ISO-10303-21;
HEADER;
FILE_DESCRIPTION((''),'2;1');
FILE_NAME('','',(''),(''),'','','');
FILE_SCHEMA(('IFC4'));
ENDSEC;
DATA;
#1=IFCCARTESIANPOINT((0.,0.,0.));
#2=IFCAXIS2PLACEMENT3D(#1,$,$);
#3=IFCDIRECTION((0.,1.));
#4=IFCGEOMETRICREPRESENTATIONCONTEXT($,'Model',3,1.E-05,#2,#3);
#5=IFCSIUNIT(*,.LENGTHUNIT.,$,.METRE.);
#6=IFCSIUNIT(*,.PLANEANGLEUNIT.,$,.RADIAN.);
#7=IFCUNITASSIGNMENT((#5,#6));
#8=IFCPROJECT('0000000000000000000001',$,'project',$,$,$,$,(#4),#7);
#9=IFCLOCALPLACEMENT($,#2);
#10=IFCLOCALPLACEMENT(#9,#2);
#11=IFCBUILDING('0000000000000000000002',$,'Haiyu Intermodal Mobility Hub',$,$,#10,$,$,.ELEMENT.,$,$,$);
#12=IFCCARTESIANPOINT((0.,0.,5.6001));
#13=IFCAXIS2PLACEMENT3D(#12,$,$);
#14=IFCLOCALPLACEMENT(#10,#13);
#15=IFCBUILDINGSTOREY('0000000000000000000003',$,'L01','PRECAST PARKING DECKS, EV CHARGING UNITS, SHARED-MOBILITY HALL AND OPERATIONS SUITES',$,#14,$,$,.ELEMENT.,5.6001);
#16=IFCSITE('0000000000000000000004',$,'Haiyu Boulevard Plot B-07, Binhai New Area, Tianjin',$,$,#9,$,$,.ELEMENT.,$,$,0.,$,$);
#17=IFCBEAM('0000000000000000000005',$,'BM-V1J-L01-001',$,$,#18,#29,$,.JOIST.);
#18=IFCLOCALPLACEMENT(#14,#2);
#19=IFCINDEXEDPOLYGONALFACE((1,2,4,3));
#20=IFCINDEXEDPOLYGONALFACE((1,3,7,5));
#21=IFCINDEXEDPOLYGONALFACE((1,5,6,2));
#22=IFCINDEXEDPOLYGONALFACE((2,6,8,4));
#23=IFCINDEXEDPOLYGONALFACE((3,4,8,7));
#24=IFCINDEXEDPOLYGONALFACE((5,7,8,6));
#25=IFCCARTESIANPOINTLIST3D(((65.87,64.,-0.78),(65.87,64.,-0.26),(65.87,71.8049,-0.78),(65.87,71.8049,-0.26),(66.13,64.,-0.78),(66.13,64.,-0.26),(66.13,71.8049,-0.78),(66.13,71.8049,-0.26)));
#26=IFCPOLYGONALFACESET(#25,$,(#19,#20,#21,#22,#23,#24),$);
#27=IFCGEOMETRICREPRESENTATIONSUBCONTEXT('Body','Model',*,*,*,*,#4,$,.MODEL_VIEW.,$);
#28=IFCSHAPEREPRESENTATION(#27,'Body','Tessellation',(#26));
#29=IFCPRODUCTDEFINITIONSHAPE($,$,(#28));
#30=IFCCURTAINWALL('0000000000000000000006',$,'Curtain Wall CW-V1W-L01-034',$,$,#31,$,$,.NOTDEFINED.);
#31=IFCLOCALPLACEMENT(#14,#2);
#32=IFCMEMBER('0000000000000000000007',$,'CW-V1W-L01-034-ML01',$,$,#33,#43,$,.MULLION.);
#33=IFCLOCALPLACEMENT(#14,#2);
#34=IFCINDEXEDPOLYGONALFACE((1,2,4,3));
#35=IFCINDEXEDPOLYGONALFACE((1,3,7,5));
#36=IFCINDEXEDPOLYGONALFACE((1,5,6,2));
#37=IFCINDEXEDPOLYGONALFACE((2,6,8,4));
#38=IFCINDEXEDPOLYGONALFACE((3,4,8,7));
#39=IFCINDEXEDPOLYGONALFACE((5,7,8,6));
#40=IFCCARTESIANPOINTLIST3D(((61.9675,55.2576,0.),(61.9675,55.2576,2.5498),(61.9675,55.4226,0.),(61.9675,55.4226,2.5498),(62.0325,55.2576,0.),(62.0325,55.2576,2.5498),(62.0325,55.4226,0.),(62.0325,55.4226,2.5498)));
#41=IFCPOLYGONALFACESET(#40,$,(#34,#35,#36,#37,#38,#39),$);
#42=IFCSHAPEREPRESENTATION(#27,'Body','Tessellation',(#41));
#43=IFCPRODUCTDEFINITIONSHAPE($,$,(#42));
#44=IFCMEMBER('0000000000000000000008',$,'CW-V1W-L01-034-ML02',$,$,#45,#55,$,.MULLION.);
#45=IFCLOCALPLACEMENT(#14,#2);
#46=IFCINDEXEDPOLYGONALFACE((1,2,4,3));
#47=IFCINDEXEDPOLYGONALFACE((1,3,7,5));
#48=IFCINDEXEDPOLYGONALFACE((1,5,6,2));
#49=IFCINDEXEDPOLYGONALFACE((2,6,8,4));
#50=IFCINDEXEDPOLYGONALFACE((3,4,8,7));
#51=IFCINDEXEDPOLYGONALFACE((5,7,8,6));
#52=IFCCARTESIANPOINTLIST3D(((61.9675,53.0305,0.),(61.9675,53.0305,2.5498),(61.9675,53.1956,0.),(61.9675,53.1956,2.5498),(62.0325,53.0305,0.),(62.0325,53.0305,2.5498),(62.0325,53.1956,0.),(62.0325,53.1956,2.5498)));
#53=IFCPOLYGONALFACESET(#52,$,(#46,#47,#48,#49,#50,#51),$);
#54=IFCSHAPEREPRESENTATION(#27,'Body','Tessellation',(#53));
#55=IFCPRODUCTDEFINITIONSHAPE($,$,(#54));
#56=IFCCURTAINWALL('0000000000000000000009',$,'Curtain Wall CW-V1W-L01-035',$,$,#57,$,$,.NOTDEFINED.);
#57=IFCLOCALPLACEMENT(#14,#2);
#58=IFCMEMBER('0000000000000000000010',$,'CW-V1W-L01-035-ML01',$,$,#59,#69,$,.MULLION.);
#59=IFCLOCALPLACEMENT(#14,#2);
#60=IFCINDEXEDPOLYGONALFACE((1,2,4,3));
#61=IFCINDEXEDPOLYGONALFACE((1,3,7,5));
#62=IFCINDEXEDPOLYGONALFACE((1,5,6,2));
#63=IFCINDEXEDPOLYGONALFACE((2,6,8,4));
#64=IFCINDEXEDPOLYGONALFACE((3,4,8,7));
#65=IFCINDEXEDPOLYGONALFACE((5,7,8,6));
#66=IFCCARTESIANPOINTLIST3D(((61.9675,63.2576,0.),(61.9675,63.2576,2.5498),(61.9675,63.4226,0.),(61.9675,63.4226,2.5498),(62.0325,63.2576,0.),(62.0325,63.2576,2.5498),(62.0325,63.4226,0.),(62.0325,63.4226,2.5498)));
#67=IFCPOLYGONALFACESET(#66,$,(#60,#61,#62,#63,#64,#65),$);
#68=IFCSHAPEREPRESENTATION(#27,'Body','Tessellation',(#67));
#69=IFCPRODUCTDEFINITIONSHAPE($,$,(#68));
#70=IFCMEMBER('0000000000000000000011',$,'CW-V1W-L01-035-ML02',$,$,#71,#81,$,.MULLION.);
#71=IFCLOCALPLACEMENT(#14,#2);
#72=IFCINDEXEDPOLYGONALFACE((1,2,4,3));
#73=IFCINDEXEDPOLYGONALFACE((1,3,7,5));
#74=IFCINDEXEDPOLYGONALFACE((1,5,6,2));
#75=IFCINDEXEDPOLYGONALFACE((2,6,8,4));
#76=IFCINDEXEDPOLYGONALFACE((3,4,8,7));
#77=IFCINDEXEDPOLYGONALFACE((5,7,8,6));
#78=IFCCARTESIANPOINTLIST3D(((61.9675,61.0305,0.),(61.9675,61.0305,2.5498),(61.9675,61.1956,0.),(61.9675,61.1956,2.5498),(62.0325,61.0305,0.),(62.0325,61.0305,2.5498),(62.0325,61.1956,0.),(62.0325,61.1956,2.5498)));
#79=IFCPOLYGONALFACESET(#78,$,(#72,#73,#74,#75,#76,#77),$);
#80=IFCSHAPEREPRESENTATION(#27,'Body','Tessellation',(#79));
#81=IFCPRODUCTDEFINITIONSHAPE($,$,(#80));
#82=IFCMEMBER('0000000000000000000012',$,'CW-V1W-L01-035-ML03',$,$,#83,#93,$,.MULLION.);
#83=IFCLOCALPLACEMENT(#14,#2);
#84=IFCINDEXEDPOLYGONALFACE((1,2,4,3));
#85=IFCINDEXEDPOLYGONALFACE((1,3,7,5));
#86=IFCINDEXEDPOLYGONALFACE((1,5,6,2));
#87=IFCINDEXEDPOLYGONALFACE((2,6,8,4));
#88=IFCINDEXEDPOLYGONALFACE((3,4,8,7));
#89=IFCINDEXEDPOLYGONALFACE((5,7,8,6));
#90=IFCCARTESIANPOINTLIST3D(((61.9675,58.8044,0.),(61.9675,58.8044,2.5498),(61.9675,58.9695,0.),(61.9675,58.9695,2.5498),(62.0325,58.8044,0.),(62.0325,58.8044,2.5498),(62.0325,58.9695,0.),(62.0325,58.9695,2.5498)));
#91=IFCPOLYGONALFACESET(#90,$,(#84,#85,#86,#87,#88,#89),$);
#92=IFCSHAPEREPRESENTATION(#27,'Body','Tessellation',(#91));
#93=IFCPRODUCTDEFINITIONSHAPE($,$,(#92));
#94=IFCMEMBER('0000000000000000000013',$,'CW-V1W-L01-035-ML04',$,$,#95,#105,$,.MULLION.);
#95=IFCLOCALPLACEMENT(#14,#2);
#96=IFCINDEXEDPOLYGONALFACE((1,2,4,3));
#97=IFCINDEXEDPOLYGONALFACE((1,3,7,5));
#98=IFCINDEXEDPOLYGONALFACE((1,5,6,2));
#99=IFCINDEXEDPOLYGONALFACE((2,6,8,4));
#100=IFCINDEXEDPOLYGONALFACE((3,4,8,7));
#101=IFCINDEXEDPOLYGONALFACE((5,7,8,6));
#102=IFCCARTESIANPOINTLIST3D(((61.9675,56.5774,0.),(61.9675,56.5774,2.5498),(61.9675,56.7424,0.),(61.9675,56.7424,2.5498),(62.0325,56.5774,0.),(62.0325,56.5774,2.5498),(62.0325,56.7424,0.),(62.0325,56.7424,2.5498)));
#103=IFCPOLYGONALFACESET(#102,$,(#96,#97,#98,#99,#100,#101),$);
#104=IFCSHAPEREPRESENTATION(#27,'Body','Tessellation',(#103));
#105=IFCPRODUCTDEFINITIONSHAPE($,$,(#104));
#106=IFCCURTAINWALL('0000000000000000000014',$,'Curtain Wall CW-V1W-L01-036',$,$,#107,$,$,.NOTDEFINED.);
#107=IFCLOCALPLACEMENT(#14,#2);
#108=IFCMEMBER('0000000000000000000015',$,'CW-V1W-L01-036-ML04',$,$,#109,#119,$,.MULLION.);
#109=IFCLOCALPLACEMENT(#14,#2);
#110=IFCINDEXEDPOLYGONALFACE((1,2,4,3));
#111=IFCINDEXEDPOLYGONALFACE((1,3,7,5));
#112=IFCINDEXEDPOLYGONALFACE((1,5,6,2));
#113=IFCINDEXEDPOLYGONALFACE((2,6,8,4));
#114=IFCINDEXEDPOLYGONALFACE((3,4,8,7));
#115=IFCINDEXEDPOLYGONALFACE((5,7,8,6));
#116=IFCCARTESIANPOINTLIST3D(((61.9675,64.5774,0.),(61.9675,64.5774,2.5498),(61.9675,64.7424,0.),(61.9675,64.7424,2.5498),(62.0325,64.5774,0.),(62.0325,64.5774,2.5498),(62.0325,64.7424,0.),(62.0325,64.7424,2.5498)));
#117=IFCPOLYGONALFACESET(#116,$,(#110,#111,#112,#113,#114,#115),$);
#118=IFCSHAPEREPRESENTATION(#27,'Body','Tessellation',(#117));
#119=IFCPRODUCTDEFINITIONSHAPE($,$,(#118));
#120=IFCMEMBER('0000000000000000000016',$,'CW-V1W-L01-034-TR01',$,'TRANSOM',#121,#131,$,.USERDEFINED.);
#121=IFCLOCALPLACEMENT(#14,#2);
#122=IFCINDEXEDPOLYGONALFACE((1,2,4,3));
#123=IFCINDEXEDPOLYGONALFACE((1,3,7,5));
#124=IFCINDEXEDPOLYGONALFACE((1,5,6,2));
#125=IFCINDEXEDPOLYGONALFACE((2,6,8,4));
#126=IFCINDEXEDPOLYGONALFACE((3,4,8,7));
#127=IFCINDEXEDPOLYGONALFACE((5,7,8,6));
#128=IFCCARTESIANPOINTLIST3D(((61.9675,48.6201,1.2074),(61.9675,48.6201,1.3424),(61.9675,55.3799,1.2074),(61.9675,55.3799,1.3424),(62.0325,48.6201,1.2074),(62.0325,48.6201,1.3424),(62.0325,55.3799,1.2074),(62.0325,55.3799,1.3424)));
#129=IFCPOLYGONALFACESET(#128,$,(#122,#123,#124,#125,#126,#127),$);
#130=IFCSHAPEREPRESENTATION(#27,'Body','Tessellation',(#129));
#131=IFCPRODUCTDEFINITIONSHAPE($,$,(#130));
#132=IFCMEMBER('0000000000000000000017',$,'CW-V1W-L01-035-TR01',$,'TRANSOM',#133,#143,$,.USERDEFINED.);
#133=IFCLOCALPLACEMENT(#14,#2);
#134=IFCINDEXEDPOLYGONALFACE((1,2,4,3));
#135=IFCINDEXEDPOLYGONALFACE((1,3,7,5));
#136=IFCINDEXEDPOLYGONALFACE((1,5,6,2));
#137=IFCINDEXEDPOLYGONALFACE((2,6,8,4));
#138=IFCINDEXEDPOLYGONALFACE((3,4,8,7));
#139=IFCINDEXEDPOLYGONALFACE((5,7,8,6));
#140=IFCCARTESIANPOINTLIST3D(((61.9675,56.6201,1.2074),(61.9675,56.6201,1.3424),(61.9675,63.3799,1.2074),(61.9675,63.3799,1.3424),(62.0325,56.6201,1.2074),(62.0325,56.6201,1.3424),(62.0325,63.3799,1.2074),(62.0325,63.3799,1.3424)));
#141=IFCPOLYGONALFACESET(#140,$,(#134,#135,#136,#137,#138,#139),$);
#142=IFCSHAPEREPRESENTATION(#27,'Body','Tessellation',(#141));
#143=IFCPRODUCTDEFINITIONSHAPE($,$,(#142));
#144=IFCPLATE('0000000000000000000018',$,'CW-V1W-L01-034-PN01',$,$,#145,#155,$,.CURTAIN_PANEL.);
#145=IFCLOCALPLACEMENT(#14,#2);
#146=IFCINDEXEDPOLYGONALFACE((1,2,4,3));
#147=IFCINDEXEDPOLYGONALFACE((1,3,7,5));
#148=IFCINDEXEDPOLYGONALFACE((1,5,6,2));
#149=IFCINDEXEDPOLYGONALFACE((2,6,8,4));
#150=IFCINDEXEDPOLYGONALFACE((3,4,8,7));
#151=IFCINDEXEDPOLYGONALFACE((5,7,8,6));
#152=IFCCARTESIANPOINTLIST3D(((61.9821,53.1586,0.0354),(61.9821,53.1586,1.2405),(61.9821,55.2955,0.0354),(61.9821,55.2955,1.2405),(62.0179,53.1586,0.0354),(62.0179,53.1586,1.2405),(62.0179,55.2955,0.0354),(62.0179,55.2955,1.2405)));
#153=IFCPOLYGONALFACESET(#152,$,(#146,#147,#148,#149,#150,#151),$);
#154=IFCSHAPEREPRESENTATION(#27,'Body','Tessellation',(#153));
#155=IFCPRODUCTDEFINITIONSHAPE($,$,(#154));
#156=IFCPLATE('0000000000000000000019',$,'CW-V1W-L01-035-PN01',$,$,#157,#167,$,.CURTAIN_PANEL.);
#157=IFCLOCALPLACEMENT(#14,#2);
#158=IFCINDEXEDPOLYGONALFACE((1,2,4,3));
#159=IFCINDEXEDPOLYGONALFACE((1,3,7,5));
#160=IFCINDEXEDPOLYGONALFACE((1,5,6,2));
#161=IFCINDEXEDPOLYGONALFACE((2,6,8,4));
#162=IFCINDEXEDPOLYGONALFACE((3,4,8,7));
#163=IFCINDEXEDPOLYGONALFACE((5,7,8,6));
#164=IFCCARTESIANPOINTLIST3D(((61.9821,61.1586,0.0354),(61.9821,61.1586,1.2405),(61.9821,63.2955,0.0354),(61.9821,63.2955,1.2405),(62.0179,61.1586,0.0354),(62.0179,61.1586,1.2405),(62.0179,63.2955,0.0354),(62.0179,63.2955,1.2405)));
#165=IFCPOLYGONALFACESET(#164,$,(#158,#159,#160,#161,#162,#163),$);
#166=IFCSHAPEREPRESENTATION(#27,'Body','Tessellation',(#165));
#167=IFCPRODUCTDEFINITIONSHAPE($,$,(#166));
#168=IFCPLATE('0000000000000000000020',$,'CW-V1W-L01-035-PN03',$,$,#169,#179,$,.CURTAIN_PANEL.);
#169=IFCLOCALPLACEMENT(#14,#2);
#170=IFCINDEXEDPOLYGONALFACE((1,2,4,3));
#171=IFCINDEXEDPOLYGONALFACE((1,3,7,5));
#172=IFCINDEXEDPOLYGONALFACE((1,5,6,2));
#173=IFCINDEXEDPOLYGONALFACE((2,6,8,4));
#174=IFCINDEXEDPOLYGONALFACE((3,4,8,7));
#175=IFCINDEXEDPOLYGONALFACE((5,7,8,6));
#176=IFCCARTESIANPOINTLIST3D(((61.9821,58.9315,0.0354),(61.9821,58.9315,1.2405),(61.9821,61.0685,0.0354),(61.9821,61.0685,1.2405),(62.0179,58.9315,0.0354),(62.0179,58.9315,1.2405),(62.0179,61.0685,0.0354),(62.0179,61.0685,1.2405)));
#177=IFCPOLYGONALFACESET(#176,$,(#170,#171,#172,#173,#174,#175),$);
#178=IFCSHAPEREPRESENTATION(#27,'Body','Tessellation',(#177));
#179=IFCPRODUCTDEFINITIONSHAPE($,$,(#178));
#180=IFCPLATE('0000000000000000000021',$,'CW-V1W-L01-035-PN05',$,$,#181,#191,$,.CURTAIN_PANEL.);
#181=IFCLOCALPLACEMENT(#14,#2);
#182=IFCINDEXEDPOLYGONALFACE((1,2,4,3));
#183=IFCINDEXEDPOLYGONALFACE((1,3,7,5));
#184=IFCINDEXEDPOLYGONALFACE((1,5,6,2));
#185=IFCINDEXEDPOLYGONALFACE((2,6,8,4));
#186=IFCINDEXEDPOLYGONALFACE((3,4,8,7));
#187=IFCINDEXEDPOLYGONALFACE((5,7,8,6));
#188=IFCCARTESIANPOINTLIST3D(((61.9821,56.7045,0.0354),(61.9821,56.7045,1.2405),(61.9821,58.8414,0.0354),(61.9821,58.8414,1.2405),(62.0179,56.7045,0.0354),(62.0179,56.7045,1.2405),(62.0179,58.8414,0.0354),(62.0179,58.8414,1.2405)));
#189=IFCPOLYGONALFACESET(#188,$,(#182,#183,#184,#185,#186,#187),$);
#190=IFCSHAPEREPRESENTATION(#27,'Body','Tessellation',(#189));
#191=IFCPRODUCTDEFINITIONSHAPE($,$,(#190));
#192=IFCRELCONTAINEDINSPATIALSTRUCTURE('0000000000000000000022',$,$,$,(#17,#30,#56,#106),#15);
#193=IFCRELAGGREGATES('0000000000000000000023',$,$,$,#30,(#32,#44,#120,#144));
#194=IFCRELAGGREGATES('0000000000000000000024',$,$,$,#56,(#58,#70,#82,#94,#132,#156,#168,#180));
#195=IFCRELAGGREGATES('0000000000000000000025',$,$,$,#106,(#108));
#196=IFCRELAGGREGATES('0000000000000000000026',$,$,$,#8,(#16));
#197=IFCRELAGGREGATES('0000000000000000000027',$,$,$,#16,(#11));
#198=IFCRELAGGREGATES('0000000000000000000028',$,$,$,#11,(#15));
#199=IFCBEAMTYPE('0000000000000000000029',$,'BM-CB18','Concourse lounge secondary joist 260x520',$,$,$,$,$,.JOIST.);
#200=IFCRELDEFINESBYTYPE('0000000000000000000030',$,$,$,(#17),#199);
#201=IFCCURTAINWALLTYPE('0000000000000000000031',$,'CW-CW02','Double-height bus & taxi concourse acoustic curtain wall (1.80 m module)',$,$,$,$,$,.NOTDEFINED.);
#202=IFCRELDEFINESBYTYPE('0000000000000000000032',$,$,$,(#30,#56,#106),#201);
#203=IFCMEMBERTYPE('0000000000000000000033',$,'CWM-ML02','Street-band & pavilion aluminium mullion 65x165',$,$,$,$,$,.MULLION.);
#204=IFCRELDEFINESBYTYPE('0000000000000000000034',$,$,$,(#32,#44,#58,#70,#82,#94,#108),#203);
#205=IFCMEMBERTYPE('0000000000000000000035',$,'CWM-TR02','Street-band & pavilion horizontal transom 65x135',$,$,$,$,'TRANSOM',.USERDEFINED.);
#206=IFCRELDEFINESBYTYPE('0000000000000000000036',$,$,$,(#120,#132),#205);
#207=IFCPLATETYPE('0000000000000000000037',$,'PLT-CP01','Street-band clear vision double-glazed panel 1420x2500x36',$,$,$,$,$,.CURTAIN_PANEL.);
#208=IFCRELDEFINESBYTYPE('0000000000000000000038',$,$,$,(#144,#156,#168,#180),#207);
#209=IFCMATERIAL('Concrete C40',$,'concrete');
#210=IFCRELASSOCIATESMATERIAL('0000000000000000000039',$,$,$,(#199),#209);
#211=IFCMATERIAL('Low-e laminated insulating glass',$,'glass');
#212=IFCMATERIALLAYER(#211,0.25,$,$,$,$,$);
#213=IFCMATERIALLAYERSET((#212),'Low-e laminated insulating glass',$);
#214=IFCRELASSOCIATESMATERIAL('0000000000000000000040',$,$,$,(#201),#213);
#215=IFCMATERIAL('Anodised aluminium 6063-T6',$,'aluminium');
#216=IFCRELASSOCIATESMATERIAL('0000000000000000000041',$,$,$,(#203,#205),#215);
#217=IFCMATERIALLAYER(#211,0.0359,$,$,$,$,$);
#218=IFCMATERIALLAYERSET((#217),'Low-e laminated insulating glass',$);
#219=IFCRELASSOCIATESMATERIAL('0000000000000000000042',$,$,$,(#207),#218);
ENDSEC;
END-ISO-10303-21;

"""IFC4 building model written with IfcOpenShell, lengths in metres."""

from ifc_helpers import new_model, si_unit, direction, frame, origin, origin_2d, place, context, subcontext, project, spatial, rectangle, extrude, material, layer, layer_set, material_profile, profile_set, type_object, element, aggregate, save


model = new_model("IFC4")

# Units and contexts
model_context = context("Model", 3, precision=1e-05, world=origin(), true_north=direction((0.0, 1.0)))
body_context = subcontext(model_context, "Body", "Model", "MODEL_VIEW")
ifc_project = project(units=[si_unit("LENGTHUNIT", "METRE"), si_unit("PLANEANGLEUNIT", "RADIAN")], contexts=[model_context])

# Site, building, storey
site_placement = place(None, origin())
site = spatial("IfcSite", under=ifc_project, at=site_placement, Name="Haiyu Boulevard Plot B-07, Binhai New Area, Tianjin", CompositionType="ELEMENT", RefElevation=0.0)
building_placement = place(site_placement, origin())
building = spatial("IfcBuilding", under=site, at=building_placement, Name="Haiyu Intermodal Mobility Hub", CompositionType="ELEMENT")
storey_placement = place(building_placement, frame((0.0, 0.0, 5.6001)))
storey = spatial("IfcBuildingStorey", under=building, at=storey_placement, Name="L01", Description="PRECAST PARKING DECKS, EV CHARGING UNITS, SHARED-MOBILITY HALL AND OPERATIONS SUITES", CompositionType="ELEMENT", Elevation=5.6001)

# Shared definitions
ifc_material_1 = material(Name="Concrete C40", Category="concrete")

# Beam
ifc_material_profile_1 = material_profile(ifc_material_1, rectangle(XDim=0.26, YDim=0.52, at=origin_2d()), Name="B260x520")
ifc_profile_set_1 = profile_set([ifc_material_profile_1], Name="Concrete C40")
beam_type_1 = type_object("IfcBeamType", Name="BM-CB18", Description="Concourse lounge secondary joist 260x520", PredefinedType="JOIST", material=ifc_profile_set_1)
beam_1_placement = place(storey_placement, frame((66.0, 64.0, -0.52), z_axis=(0.0, 1.0, 0.0), x_axis=(-1.0, 0.0, 0.0)))
element("IfcBeam", 1, at=beam_1_placement, inside=storey, type_object=beam_type_1, Name="BM-V1J-L01-001", PredefinedType="JOIST", context=body_context, shape_type="SweptSolid", body=[
    extrude(rectangle(XDim=0.26, YDim=0.52, at=origin_2d()), origin(), (0.0, 0.0, 1.0), 7.8049),
])

# Curtain walls, members
ifc_material_2 = material(Name="Low-e laminated insulating glass", Category="glass")
ifc_layer_1 = layer(ifc_material_2, 0.25)
ifc_layer_set_1 = layer_set([ifc_layer_1], Name="Low-e laminated insulating glass")
curtain_wall_type = type_object("IfcCurtainWallType", Name="CW-CW02", Description="Double-height bus & taxi concourse acoustic curtain wall (1.80 m module)", PredefinedType="NOTDEFINED", material=ifc_layer_set_1)
curtain_wall_1_placement = place(storey_placement, origin())
curtain_wall_1 = element("IfcCurtainWall", 2, at=curtain_wall_1_placement, inside=storey, type_object=curtain_wall_type, Name="Curtain Wall CW-V1W-L01-034", PredefinedType="NOTDEFINED")
ifc_material_3 = material(Name="Anodised aluminium 6063-T6", Category="aluminium")
ifc_material_profile_2 = material_profile(ifc_material_3, rectangle(XDim=0.0649, YDim=0.165, at=origin_2d()), Name="ALU65x165")
ifc_profile_set_2 = profile_set([ifc_material_profile_2], Name="Anodised aluminium 6063-T6")
member_type_1 = type_object("IfcMemberType", Name="CWM-ML02", Description="Street-band & pavilion aluminium mullion 65x165", PredefinedType="MULLION", material=ifc_profile_set_2)
member_1_placement = place(storey_placement, frame((62.0, 55.3401, 0.0), z_axis=(0.0, 0.0, 1.0), x_axis=(1.0, 0.0, 0.0)))
member_1 = element("IfcMember", 3, at=member_1_placement, type_object=member_type_1, Name="CW-V1W-L01-034-ML01", PredefinedType="MULLION", context=body_context, shape_type="SweptSolid", body=[
    extrude(rectangle(XDim=0.0649, YDim=0.165, at=origin_2d()), origin(), (0.0, 0.0, 1.0), 2.5498),
])
member_2_placement = place(storey_placement, frame((62.0, 53.113, 0.0), z_axis=(0.0, 0.0, 1.0), x_axis=(1.0, 0.0, 0.0)))
member_2 = element("IfcMember", 4, at=member_2_placement, type_object=member_type_1, Name="CW-V1W-L01-034-ML02", PredefinedType="MULLION", context=body_context, shape_type="SweptSolid", body=[
    extrude(rectangle(XDim=0.0649, YDim=0.165, at=origin_2d()), origin(), (0.0, 0.0, 1.0), 2.5498),
])
curtain_wall_2_placement = place(storey_placement, origin())
curtain_wall_2 = element("IfcCurtainWall", 5, at=curtain_wall_2_placement, inside=storey, type_object=curtain_wall_type, Name="Curtain Wall CW-V1W-L01-035", PredefinedType="NOTDEFINED")
member_3_placement = place(storey_placement, frame((62.0, 63.3401, 0.0), z_axis=(0.0, 0.0, 1.0), x_axis=(1.0, 0.0, 0.0)))
member_3 = element("IfcMember", 6, at=member_3_placement, type_object=member_type_1, Name="CW-V1W-L01-035-ML01", PredefinedType="MULLION", context=body_context, shape_type="SweptSolid", body=[
    extrude(rectangle(XDim=0.0649, YDim=0.165, at=origin_2d()), origin(), (0.0, 0.0, 1.0), 2.5498),
])
member_4_placement = place(storey_placement, frame((62.0, 61.113, 0.0), z_axis=(0.0, 0.0, 1.0), x_axis=(1.0, 0.0, 0.0)))
member_4 = element("IfcMember", 7, at=member_4_placement, type_object=member_type_1, Name="CW-V1W-L01-035-ML02", PredefinedType="MULLION", context=body_context, shape_type="SweptSolid", body=[
    extrude(rectangle(XDim=0.0649, YDim=0.165, at=origin_2d()), origin(), (0.0, 0.0, 1.0), 2.5498),
])
member_5_placement = place(storey_placement, frame((62.0, 58.887, 0.0), z_axis=(0.0, 0.0, 1.0), x_axis=(1.0, 0.0, 0.0)))
member_5 = element("IfcMember", 8, at=member_5_placement, type_object=member_type_1, Name="CW-V1W-L01-035-ML03", PredefinedType="MULLION", context=body_context, shape_type="SweptSolid", body=[
    extrude(rectangle(XDim=0.0649, YDim=0.165, at=origin_2d()), origin(), (0.0, 0.0, 1.0), 2.5498),
])
member_6_placement = place(storey_placement, frame((62.0, 56.6599, 0.0), z_axis=(0.0, 0.0, 1.0), x_axis=(1.0, 0.0, 0.0)))
member_6 = element("IfcMember", 9, at=member_6_placement, type_object=member_type_1, Name="CW-V1W-L01-035-ML04", PredefinedType="MULLION", context=body_context, shape_type="SweptSolid", body=[
    extrude(rectangle(XDim=0.0649, YDim=0.165, at=origin_2d()), origin(), (0.0, 0.0, 1.0), 2.5498),
])

# Curtain wall, member
curtain_wall_3_placement = place(storey_placement, origin())
curtain_wall_3 = element("IfcCurtainWall", 10, at=curtain_wall_3_placement, inside=storey, type_object=curtain_wall_type, Name="Curtain Wall CW-V1W-L01-036", PredefinedType="NOTDEFINED")
member_7_placement = place(storey_placement, frame((62.0, 64.6599, 0.0), z_axis=(0.0, 0.0, 1.0), x_axis=(1.0, 0.0, 0.0)))
member_7 = element("IfcMember", 11, at=member_7_placement, type_object=member_type_1, Name="CW-V1W-L01-036-ML04", PredefinedType="MULLION", context=body_context, shape_type="SweptSolid", body=[
    extrude(rectangle(XDim=0.0649, YDim=0.165, at=origin_2d()), origin(), (0.0, 0.0, 1.0), 2.5498),
])

# Members
ifc_material_profile_3 = material_profile(ifc_material_3, rectangle(XDim=0.0649, YDim=0.135, at=origin_2d()), Name="ALU65x135")
ifc_profile_set_3 = profile_set([ifc_material_profile_3], Name="Anodised aluminium 6063-T6")
member_type_2 = type_object("IfcMemberType", Name="CWM-TR02", Description="Street-band & pavilion horizontal transom 65x135", ElementType="TRANSOM", PredefinedType="USERDEFINED", material=ifc_profile_set_3)
member_8_placement = place(storey_placement, frame((62.0, 55.3799, 1.2749), z_axis=(0.0, -1.0, 0.0), x_axis=(1.0, 0.0, 0.0)))
member_8 = element("IfcMember", 12, at=member_8_placement, type_object=member_type_2, Name="CW-V1W-L01-034-TR01", ObjectType="TRANSOM", PredefinedType="USERDEFINED", context=body_context, shape_type="SweptSolid", body=[
    extrude(rectangle(XDim=0.0649, YDim=0.135, at=origin_2d()), origin(), (0.0, 0.0, 1.0), 6.7598),
])
member_9_placement = place(storey_placement, frame((62.0, 63.3799, 1.2749), z_axis=(0.0, -1.0, 0.0), x_axis=(1.0, 0.0, 0.0)))
member_9 = element("IfcMember", 13, at=member_9_placement, type_object=member_type_2, Name="CW-V1W-L01-035-TR01", ObjectType="TRANSOM", PredefinedType="USERDEFINED", context=body_context, shape_type="SweptSolid", body=[
    extrude(rectangle(XDim=0.0649, YDim=0.135, at=origin_2d()), origin(), (0.0, 0.0, 1.0), 6.7598),
])

# Plates
ifc_layer_2 = layer(ifc_material_2, 0.0359)
ifc_layer_set_2 = layer_set([ifc_layer_2], Name="Low-e laminated insulating glass")
plate_type_1 = type_object("IfcPlateType", Name="PLT-CP01", Description="Street-band clear vision double-glazed panel 1420x2500x36", PredefinedType="CURTAIN_PANEL", material=ifc_layer_set_2)
plate_1_placement = place(storey_placement, frame((62.0, 54.2271, 0.0354), z_axis=(0.0, 0.0, 1.0), x_axis=(0.0, -1.0, 0.0)))
plate_1 = element("IfcPlate", 14, at=plate_1_placement, type_object=plate_type_1, Name="CW-V1W-L01-034-PN01", PredefinedType="CURTAIN_PANEL", context=body_context, shape_type="SweptSolid", body=[
    extrude(rectangle(XDim=2.137, YDim=0.0359, at=origin_2d()), origin(), (0.0, 0.0, 1.0), 1.2051),
])
plate_2_placement = place(storey_placement, frame((62.0, 62.2271, 0.0354), z_axis=(0.0, 0.0, 1.0), x_axis=(0.0, -1.0, 0.0)))
plate_2 = element("IfcPlate", 15, at=plate_2_placement, type_object=plate_type_1, Name="CW-V1W-L01-035-PN01", PredefinedType="CURTAIN_PANEL", context=body_context, shape_type="SweptSolid", body=[
    extrude(rectangle(XDim=2.137, YDim=0.0359, at=origin_2d()), origin(), (0.0, 0.0, 1.0), 1.2051),
])
plate_3_placement = place(storey_placement, frame((62.0, 60.0, 0.0354), z_axis=(0.0, 0.0, 1.0), x_axis=(0.0, -1.0, 0.0)))
plate_3 = element("IfcPlate", 16, at=plate_3_placement, type_object=plate_type_1, Name="CW-V1W-L01-035-PN03", PredefinedType="CURTAIN_PANEL", context=body_context, shape_type="SweptSolid", body=[
    extrude(rectangle(XDim=2.137, YDim=0.0359, at=origin_2d()), origin(), (0.0, 0.0, 1.0), 1.2051),
])
plate_4_placement = place(storey_placement, frame((62.0, 57.7729, 0.0354), z_axis=(0.0, 0.0, 1.0), x_axis=(0.0, -1.0, 0.0)))
plate_4 = element("IfcPlate", 17, at=plate_4_placement, type_object=plate_type_1, Name="CW-V1W-L01-035-PN05", PredefinedType="CURTAIN_PANEL", context=body_context, shape_type="SweptSolid", body=[
    extrude(rectangle(XDim=2.137, YDim=0.0359, at=origin_2d()), origin(), (0.0, 0.0, 1.0), 1.2051),
])
aggregate(curtain_wall_1, [member_1, member_2, member_8, plate_1])
aggregate(curtain_wall_2, [member_3, member_4, member_5, member_6, member_9, plate_2, plate_3, plate_4])
aggregate(curtain_wall_3, [member_7])

save(model, "model.ifc")
